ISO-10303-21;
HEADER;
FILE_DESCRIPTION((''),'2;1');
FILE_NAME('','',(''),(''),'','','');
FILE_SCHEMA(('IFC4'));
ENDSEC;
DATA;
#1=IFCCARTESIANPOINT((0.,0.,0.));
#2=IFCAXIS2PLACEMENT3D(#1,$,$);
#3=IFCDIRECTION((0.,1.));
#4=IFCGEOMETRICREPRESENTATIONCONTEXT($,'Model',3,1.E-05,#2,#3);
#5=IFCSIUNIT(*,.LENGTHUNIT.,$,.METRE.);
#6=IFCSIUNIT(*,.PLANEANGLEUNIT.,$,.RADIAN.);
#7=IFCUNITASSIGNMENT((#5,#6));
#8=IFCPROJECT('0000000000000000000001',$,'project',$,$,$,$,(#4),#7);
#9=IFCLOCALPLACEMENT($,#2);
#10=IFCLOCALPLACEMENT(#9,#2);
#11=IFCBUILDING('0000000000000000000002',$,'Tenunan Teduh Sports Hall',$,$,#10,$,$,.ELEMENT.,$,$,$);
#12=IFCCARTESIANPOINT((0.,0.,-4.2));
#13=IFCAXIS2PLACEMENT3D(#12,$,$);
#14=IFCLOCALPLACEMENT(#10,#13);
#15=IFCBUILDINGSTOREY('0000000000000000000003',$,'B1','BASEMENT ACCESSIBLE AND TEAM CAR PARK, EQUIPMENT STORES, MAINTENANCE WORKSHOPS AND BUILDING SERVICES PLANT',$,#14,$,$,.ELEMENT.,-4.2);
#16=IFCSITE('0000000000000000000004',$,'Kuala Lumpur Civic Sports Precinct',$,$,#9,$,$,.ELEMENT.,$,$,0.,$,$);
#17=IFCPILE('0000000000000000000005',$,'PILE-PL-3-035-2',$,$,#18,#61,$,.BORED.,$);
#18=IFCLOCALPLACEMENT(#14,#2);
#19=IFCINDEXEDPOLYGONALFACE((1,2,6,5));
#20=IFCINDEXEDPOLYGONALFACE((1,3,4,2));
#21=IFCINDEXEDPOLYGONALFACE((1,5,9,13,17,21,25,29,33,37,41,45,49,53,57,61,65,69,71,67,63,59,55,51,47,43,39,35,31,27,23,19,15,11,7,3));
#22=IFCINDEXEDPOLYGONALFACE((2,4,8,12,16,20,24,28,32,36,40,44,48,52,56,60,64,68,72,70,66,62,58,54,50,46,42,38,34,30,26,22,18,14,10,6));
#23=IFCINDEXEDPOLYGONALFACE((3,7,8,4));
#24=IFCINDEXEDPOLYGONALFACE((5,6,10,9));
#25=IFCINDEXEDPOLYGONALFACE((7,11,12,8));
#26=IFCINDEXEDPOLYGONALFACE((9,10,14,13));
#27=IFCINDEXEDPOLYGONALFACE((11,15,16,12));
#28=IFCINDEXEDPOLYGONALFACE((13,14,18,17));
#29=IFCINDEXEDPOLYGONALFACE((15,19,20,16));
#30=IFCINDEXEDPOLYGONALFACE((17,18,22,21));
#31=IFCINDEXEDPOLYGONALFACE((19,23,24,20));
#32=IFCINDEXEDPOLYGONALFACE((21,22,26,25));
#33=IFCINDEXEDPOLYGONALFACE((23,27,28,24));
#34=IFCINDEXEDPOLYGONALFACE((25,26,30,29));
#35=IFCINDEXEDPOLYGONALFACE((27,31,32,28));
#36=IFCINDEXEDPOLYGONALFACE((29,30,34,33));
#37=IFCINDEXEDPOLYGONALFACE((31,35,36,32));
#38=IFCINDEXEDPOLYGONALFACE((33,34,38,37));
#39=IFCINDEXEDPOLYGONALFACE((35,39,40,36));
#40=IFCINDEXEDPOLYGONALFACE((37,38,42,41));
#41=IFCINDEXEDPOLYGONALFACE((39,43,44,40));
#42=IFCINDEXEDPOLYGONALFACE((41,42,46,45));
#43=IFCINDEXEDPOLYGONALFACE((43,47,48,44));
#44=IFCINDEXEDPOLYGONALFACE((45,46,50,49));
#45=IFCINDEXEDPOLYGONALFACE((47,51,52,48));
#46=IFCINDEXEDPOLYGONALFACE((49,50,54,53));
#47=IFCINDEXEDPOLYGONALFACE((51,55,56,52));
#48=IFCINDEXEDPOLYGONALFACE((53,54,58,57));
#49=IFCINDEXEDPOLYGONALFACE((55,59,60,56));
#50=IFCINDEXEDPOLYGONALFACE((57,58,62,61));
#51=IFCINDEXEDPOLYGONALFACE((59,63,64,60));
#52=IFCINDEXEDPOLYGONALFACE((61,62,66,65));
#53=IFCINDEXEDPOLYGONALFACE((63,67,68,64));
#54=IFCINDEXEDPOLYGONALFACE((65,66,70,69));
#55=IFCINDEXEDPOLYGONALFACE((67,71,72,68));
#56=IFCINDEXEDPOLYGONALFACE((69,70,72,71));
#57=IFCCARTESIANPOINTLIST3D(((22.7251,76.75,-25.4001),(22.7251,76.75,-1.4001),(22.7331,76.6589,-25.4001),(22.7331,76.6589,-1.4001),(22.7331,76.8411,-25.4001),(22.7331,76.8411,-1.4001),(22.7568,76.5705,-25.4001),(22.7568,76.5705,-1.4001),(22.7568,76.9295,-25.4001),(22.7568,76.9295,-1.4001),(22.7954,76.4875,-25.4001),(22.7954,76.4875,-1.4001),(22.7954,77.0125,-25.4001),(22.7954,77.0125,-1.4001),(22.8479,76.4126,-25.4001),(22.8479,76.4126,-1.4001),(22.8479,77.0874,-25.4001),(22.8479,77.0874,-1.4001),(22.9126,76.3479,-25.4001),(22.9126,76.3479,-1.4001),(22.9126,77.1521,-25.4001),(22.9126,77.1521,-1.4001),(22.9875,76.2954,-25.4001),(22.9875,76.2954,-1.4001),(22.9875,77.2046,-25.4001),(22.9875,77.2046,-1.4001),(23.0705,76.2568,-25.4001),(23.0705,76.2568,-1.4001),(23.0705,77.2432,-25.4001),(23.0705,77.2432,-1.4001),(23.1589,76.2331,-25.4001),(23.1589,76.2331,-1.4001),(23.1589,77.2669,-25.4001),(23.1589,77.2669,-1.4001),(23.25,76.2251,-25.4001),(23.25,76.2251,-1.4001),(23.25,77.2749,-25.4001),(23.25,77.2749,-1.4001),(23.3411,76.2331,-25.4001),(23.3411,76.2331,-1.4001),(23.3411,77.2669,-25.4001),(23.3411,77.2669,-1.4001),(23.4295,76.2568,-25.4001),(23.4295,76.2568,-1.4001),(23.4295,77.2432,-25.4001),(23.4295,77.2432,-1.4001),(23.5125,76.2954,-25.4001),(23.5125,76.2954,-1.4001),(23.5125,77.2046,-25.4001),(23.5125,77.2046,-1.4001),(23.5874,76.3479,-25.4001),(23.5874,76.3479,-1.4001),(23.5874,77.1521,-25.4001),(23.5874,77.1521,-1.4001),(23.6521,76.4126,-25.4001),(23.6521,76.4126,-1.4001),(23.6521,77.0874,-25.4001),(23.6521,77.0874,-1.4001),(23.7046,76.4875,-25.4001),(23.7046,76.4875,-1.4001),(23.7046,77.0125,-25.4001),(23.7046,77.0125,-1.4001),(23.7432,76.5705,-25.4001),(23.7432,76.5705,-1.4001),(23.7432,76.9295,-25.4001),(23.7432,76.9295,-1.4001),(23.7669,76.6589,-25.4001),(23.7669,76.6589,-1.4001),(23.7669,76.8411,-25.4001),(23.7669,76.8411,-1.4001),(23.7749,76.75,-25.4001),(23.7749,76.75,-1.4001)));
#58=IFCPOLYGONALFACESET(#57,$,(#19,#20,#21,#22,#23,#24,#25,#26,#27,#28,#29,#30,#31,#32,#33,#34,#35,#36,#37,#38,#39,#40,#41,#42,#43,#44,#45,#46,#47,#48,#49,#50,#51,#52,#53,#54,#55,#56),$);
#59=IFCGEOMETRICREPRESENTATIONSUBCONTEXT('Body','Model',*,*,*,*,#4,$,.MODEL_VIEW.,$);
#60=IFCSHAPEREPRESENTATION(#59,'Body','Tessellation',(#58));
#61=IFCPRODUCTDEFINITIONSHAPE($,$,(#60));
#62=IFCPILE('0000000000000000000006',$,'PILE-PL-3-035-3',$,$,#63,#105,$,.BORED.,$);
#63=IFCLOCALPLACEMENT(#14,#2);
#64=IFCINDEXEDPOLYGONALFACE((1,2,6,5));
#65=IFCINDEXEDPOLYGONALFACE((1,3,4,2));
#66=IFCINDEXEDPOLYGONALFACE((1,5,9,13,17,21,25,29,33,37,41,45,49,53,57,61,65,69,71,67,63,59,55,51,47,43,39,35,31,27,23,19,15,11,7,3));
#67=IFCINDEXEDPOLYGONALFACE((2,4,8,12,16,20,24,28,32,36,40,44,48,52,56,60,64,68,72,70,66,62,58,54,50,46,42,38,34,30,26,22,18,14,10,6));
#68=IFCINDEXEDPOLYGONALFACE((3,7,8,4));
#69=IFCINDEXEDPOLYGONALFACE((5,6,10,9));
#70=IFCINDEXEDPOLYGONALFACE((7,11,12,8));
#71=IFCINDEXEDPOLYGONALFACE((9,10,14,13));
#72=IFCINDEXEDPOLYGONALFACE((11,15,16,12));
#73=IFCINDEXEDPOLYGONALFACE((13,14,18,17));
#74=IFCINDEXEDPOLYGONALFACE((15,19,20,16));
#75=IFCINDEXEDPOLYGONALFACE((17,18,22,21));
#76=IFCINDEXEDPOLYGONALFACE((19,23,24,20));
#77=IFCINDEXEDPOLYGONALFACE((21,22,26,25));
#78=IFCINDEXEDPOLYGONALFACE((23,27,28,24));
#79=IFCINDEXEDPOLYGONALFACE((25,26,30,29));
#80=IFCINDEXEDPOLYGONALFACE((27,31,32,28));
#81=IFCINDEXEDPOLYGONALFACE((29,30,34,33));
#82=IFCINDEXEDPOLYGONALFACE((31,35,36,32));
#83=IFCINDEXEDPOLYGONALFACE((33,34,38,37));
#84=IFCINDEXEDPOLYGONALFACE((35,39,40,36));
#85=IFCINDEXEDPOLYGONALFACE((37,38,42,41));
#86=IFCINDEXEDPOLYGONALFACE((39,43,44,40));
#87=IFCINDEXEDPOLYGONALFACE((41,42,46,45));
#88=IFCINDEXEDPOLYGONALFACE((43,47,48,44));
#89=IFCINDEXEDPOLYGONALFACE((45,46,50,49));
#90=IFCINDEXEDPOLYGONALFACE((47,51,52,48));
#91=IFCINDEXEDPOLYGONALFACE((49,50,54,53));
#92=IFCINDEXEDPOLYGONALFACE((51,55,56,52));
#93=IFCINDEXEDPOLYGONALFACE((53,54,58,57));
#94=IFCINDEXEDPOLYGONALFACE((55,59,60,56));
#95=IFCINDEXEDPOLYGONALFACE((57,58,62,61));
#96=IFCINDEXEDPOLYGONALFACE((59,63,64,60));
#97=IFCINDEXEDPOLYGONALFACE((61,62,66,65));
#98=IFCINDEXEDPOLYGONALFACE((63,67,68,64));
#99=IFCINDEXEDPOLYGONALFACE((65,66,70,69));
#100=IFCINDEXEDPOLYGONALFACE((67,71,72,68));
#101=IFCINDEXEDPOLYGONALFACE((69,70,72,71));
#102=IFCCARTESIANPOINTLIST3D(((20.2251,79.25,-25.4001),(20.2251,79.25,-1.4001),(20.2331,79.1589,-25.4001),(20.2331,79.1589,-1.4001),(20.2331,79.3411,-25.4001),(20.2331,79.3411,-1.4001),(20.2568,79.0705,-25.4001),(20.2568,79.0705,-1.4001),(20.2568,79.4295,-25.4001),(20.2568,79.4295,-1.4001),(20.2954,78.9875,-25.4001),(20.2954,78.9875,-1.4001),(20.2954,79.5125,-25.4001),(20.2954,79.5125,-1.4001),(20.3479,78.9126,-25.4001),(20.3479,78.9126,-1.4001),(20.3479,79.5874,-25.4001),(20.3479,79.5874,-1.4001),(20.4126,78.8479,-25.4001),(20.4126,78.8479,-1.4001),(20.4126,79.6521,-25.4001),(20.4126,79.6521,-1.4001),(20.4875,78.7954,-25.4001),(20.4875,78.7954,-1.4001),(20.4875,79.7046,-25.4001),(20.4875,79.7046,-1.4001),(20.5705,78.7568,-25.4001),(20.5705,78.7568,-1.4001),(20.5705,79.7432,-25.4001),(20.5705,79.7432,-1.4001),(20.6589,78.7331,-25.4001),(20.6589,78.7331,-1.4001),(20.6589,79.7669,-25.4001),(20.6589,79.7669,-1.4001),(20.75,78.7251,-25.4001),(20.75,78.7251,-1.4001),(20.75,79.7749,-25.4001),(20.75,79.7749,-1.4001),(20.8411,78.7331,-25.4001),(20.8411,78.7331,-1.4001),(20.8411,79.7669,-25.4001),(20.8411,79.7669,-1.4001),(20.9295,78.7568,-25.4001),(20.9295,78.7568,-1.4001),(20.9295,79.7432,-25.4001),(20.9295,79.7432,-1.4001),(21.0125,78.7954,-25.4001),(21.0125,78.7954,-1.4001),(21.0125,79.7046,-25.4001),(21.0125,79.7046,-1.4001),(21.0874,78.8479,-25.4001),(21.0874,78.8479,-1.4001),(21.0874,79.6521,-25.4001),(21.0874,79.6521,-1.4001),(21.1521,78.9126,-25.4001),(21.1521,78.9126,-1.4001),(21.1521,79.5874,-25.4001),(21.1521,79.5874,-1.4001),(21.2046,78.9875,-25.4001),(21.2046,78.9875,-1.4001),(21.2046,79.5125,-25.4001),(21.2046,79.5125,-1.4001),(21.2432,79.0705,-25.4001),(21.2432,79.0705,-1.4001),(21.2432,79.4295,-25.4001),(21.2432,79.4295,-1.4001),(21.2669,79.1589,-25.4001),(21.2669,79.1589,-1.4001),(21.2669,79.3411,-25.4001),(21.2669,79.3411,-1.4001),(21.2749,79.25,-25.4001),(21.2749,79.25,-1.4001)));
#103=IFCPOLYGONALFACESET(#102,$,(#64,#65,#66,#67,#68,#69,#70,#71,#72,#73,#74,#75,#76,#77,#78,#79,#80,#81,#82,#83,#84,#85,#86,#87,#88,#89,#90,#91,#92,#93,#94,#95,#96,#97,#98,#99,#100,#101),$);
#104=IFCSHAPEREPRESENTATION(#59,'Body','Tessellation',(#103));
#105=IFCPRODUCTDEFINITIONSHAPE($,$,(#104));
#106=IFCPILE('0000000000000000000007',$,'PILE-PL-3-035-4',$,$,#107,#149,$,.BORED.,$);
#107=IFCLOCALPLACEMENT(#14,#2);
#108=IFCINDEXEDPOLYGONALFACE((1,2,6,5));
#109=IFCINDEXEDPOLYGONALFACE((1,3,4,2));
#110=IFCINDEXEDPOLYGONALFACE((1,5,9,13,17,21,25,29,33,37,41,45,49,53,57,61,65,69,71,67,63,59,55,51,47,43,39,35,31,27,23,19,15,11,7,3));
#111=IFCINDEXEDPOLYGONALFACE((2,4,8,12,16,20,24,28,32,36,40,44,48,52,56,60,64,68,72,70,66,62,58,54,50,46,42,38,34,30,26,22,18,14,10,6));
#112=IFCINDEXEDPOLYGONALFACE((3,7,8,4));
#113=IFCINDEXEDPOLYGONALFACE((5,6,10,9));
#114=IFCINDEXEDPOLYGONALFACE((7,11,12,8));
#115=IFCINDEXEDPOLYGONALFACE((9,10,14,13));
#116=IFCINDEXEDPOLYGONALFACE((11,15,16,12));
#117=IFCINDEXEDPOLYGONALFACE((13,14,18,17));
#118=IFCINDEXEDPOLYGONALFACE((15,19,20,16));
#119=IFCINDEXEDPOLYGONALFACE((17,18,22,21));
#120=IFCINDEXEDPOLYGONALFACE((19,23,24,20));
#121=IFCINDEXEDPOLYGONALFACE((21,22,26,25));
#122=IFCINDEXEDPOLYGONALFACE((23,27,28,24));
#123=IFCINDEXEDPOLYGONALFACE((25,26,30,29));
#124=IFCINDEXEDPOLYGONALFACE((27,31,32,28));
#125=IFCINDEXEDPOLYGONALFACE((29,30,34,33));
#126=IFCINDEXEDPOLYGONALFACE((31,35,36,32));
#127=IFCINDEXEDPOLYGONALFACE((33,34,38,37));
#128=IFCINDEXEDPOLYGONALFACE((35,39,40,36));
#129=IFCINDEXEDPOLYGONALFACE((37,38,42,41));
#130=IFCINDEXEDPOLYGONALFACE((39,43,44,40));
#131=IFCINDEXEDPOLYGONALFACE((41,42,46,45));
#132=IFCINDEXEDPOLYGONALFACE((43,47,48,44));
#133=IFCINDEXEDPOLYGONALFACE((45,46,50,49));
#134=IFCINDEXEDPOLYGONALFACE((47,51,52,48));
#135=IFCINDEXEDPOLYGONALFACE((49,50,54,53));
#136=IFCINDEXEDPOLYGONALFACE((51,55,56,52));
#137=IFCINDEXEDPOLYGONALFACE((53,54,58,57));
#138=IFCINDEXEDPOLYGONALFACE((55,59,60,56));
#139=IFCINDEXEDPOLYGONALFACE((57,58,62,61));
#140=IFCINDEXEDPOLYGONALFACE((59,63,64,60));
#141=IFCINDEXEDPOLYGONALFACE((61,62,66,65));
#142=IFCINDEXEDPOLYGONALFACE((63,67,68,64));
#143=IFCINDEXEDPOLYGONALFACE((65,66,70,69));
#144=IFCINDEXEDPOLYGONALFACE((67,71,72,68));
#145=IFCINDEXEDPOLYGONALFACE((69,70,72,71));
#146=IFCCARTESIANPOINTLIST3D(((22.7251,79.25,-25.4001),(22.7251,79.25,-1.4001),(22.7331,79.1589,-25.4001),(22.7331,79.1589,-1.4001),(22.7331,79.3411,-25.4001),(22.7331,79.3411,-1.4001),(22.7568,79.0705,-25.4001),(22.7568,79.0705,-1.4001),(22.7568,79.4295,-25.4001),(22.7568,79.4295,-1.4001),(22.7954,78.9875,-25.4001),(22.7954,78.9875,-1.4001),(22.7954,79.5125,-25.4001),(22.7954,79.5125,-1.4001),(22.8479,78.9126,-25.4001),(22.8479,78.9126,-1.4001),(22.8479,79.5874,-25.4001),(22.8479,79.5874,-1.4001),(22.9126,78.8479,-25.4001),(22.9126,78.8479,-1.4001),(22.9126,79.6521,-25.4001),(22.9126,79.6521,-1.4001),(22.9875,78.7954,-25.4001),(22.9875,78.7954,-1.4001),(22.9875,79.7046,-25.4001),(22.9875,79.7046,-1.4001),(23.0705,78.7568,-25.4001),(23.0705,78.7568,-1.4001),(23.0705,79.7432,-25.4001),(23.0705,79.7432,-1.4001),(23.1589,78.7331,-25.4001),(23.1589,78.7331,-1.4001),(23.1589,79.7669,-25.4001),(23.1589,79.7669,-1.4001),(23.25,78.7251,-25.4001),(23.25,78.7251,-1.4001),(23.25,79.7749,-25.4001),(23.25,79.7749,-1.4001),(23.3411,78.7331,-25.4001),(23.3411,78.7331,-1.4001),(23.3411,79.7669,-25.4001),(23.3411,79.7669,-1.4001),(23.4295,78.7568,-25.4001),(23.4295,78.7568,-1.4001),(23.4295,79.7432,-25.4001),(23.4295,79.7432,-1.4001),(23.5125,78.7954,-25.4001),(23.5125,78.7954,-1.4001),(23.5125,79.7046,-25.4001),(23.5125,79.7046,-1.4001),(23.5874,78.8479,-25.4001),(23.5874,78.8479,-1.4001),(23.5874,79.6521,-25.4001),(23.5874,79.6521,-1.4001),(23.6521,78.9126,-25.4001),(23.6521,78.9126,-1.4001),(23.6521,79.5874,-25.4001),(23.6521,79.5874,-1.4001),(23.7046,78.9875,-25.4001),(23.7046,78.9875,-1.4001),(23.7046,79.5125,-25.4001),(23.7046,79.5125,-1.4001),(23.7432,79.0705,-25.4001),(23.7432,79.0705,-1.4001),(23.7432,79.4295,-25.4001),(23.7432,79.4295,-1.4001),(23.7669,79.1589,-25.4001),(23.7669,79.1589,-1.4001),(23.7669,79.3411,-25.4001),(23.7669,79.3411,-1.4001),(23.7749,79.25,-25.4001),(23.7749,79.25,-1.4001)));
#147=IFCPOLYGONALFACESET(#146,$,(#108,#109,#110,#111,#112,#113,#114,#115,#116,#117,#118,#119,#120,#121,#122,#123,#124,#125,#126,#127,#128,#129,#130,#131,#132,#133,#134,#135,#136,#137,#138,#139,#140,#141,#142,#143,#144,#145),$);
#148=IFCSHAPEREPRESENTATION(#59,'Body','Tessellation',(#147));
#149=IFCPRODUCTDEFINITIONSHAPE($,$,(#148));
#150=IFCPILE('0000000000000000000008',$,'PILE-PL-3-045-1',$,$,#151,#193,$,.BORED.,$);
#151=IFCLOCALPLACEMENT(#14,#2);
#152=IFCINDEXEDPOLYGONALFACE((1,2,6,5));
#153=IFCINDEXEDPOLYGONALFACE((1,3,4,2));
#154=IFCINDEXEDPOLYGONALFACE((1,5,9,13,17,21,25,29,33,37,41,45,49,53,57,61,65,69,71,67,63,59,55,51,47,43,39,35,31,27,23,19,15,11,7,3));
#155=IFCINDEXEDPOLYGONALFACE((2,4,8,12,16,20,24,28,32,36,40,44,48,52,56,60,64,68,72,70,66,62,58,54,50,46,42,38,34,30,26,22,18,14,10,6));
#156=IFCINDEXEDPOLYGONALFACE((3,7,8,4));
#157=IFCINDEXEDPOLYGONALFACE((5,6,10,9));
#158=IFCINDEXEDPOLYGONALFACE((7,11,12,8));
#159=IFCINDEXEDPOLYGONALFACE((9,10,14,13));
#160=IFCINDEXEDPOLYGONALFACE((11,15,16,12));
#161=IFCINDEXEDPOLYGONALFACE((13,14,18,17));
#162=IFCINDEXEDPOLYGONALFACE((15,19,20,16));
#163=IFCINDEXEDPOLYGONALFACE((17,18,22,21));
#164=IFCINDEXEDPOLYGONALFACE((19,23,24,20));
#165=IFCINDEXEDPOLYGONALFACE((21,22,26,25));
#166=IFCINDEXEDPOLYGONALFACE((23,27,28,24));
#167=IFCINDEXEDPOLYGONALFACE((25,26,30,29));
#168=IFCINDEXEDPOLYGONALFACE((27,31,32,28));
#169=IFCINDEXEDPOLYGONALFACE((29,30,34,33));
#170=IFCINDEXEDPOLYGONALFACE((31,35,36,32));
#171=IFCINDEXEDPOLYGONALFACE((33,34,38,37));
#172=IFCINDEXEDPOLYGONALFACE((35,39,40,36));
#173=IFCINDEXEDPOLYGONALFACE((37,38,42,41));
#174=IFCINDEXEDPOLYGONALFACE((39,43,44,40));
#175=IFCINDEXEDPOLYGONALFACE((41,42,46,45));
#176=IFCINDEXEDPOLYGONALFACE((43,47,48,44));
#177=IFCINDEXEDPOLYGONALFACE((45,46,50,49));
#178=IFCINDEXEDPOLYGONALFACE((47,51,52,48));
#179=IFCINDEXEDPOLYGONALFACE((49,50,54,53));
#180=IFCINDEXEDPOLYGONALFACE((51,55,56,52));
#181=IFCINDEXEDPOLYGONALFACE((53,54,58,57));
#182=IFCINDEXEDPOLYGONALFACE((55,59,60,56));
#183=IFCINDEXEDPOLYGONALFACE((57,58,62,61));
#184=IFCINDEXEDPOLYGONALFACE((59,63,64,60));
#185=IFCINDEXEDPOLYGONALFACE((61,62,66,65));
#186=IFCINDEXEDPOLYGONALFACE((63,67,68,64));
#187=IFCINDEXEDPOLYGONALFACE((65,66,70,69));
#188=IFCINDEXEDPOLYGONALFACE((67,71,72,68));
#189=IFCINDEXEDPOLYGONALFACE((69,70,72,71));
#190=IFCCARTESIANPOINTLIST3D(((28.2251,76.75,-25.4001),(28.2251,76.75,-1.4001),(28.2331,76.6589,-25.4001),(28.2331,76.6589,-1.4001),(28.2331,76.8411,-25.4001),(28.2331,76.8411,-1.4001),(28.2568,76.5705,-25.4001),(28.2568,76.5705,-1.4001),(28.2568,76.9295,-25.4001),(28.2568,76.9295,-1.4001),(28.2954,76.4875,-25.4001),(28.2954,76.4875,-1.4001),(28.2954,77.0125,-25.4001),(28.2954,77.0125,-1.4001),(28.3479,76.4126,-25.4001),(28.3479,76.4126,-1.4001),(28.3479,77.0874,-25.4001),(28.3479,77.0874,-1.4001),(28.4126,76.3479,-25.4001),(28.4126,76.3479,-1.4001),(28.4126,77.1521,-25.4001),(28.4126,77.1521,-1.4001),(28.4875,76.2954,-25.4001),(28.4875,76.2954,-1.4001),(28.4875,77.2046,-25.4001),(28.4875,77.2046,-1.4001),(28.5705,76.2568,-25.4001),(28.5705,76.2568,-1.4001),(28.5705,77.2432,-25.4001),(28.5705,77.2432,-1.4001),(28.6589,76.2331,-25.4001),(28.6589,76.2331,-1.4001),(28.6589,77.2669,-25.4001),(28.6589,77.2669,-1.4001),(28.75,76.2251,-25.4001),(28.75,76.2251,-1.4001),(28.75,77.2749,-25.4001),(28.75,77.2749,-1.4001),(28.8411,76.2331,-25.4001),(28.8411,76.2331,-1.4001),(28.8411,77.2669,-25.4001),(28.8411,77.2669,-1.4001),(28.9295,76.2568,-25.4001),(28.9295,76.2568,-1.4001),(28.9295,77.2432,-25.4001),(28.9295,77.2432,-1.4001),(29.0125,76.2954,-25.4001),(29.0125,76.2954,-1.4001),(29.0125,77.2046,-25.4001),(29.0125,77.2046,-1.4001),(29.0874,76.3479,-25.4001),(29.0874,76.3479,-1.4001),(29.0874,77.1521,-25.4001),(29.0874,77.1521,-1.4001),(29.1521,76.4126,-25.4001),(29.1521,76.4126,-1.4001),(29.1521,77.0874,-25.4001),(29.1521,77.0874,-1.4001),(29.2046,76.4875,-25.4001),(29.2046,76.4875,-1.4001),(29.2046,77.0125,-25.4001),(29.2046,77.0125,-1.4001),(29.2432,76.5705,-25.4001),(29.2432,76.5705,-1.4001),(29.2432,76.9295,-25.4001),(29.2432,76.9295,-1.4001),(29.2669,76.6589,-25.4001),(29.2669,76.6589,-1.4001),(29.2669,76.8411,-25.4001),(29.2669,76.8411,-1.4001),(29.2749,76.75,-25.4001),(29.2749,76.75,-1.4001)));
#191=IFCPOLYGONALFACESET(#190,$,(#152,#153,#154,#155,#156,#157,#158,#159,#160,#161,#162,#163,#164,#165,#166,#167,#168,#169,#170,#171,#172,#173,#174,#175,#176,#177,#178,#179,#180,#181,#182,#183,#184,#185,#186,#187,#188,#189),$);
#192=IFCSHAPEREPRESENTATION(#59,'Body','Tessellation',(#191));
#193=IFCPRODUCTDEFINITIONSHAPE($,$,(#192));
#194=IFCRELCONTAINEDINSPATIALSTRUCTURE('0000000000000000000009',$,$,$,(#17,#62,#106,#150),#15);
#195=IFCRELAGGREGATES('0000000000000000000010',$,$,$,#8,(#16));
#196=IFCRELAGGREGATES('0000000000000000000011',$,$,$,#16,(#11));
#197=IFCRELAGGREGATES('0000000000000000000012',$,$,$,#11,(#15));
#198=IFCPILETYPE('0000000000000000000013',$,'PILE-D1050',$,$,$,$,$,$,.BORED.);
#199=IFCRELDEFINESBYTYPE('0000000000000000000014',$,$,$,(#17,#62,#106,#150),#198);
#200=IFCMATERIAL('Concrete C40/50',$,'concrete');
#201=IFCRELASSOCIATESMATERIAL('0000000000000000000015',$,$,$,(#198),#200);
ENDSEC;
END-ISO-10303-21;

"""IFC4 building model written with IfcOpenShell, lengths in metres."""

from ifc_helpers import new_model, si_unit, direction, frame, origin, origin_2d, place, context, subcontext, project, spatial, circle, extrude, material, material_profile, profile_set, type_object, element, save


model = new_model("IFC4")

# Units and contexts
model_context = context("Model", 3, precision=1e-05, world=origin(), true_north=direction((0.0, 1.0)))
body_context = subcontext(model_context, "Body", "Model", "MODEL_VIEW")
ifc_project = project(units=[si_unit("LENGTHUNIT", "METRE"), si_unit("PLANEANGLEUNIT", "RADIAN")], contexts=[model_context])

# Site, building, storey
site_placement = place(None, origin())
site = spatial("IfcSite", under=ifc_project, at=site_placement, Name="Kuala Lumpur Civic Sports Precinct", CompositionType="ELEMENT", RefElevation=0.0)
building_placement = place(site_placement, origin())
building = spatial("IfcBuilding", under=site, at=building_placement, Name="Tenunan Teduh Sports Hall", CompositionType="ELEMENT")
storey_placement = place(building_placement, frame((0.0, 0.0, -4.2)))
storey = spatial("IfcBuildingStorey", under=building, at=storey_placement, Name="B1", Description="BASEMENT ACCESSIBLE AND TEAM CAR PARK, EQUIPMENT STORES, MAINTENANCE WORKSHOPS AND BUILDING SERVICES PLANT", CompositionType="ELEMENT", Elevation=-4.2)

# Piles
ifc_material_1 = material(Name="Concrete C40/50", Category="concrete")
ifc_material_profile_1 = material_profile(ifc_material_1, circle(Radius=0.5249, at=origin_2d()), Name="PILE D1050")
ifc_profile_set_1 = profile_set([ifc_material_profile_1], Name="Concrete C40/50")
pile_type_1 = type_object("IfcPileType", Name="PILE-D1050", PredefinedType="BORED", material=ifc_profile_set_1)
for number, where, z_axis, x_axis, name in (
    (1, (23.25, 76.75, -1.4001), (0.0, 0.0, -1.0), (1.0, 0.0, 0.0), "PILE-PL-3-035-2"),
    (2, (20.75, 79.25, -1.4001), (0.0, 0.0, -1.0), (1.0, 0.0, 0.0), "PILE-PL-3-035-3"),
    (3, (23.25, 79.25, -1.4001), (0.0, 0.0, -1.0), (1.0, 0.0, 0.0), "PILE-PL-3-035-4"),
    (4, (28.75, 76.75, -1.4001), (0.0, 0.0, -1.0), (1.0, 0.0, 0.0), "PILE-PL-3-045-1"),
):
    element("IfcPile", number, at=place(storey_placement, frame(where, z_axis=z_axis, x_axis=x_axis)), inside=storey, type_object=pile_type_1, Name=name, PredefinedType="BORED", context=body_context, shape_type="SweptSolid", body=[
        extrude(circle(Radius=0.5249, at=origin_2d()), origin(), (0.0, 0.0, 1.0), 24.0),
    ])

save(model, "model.ifc")
